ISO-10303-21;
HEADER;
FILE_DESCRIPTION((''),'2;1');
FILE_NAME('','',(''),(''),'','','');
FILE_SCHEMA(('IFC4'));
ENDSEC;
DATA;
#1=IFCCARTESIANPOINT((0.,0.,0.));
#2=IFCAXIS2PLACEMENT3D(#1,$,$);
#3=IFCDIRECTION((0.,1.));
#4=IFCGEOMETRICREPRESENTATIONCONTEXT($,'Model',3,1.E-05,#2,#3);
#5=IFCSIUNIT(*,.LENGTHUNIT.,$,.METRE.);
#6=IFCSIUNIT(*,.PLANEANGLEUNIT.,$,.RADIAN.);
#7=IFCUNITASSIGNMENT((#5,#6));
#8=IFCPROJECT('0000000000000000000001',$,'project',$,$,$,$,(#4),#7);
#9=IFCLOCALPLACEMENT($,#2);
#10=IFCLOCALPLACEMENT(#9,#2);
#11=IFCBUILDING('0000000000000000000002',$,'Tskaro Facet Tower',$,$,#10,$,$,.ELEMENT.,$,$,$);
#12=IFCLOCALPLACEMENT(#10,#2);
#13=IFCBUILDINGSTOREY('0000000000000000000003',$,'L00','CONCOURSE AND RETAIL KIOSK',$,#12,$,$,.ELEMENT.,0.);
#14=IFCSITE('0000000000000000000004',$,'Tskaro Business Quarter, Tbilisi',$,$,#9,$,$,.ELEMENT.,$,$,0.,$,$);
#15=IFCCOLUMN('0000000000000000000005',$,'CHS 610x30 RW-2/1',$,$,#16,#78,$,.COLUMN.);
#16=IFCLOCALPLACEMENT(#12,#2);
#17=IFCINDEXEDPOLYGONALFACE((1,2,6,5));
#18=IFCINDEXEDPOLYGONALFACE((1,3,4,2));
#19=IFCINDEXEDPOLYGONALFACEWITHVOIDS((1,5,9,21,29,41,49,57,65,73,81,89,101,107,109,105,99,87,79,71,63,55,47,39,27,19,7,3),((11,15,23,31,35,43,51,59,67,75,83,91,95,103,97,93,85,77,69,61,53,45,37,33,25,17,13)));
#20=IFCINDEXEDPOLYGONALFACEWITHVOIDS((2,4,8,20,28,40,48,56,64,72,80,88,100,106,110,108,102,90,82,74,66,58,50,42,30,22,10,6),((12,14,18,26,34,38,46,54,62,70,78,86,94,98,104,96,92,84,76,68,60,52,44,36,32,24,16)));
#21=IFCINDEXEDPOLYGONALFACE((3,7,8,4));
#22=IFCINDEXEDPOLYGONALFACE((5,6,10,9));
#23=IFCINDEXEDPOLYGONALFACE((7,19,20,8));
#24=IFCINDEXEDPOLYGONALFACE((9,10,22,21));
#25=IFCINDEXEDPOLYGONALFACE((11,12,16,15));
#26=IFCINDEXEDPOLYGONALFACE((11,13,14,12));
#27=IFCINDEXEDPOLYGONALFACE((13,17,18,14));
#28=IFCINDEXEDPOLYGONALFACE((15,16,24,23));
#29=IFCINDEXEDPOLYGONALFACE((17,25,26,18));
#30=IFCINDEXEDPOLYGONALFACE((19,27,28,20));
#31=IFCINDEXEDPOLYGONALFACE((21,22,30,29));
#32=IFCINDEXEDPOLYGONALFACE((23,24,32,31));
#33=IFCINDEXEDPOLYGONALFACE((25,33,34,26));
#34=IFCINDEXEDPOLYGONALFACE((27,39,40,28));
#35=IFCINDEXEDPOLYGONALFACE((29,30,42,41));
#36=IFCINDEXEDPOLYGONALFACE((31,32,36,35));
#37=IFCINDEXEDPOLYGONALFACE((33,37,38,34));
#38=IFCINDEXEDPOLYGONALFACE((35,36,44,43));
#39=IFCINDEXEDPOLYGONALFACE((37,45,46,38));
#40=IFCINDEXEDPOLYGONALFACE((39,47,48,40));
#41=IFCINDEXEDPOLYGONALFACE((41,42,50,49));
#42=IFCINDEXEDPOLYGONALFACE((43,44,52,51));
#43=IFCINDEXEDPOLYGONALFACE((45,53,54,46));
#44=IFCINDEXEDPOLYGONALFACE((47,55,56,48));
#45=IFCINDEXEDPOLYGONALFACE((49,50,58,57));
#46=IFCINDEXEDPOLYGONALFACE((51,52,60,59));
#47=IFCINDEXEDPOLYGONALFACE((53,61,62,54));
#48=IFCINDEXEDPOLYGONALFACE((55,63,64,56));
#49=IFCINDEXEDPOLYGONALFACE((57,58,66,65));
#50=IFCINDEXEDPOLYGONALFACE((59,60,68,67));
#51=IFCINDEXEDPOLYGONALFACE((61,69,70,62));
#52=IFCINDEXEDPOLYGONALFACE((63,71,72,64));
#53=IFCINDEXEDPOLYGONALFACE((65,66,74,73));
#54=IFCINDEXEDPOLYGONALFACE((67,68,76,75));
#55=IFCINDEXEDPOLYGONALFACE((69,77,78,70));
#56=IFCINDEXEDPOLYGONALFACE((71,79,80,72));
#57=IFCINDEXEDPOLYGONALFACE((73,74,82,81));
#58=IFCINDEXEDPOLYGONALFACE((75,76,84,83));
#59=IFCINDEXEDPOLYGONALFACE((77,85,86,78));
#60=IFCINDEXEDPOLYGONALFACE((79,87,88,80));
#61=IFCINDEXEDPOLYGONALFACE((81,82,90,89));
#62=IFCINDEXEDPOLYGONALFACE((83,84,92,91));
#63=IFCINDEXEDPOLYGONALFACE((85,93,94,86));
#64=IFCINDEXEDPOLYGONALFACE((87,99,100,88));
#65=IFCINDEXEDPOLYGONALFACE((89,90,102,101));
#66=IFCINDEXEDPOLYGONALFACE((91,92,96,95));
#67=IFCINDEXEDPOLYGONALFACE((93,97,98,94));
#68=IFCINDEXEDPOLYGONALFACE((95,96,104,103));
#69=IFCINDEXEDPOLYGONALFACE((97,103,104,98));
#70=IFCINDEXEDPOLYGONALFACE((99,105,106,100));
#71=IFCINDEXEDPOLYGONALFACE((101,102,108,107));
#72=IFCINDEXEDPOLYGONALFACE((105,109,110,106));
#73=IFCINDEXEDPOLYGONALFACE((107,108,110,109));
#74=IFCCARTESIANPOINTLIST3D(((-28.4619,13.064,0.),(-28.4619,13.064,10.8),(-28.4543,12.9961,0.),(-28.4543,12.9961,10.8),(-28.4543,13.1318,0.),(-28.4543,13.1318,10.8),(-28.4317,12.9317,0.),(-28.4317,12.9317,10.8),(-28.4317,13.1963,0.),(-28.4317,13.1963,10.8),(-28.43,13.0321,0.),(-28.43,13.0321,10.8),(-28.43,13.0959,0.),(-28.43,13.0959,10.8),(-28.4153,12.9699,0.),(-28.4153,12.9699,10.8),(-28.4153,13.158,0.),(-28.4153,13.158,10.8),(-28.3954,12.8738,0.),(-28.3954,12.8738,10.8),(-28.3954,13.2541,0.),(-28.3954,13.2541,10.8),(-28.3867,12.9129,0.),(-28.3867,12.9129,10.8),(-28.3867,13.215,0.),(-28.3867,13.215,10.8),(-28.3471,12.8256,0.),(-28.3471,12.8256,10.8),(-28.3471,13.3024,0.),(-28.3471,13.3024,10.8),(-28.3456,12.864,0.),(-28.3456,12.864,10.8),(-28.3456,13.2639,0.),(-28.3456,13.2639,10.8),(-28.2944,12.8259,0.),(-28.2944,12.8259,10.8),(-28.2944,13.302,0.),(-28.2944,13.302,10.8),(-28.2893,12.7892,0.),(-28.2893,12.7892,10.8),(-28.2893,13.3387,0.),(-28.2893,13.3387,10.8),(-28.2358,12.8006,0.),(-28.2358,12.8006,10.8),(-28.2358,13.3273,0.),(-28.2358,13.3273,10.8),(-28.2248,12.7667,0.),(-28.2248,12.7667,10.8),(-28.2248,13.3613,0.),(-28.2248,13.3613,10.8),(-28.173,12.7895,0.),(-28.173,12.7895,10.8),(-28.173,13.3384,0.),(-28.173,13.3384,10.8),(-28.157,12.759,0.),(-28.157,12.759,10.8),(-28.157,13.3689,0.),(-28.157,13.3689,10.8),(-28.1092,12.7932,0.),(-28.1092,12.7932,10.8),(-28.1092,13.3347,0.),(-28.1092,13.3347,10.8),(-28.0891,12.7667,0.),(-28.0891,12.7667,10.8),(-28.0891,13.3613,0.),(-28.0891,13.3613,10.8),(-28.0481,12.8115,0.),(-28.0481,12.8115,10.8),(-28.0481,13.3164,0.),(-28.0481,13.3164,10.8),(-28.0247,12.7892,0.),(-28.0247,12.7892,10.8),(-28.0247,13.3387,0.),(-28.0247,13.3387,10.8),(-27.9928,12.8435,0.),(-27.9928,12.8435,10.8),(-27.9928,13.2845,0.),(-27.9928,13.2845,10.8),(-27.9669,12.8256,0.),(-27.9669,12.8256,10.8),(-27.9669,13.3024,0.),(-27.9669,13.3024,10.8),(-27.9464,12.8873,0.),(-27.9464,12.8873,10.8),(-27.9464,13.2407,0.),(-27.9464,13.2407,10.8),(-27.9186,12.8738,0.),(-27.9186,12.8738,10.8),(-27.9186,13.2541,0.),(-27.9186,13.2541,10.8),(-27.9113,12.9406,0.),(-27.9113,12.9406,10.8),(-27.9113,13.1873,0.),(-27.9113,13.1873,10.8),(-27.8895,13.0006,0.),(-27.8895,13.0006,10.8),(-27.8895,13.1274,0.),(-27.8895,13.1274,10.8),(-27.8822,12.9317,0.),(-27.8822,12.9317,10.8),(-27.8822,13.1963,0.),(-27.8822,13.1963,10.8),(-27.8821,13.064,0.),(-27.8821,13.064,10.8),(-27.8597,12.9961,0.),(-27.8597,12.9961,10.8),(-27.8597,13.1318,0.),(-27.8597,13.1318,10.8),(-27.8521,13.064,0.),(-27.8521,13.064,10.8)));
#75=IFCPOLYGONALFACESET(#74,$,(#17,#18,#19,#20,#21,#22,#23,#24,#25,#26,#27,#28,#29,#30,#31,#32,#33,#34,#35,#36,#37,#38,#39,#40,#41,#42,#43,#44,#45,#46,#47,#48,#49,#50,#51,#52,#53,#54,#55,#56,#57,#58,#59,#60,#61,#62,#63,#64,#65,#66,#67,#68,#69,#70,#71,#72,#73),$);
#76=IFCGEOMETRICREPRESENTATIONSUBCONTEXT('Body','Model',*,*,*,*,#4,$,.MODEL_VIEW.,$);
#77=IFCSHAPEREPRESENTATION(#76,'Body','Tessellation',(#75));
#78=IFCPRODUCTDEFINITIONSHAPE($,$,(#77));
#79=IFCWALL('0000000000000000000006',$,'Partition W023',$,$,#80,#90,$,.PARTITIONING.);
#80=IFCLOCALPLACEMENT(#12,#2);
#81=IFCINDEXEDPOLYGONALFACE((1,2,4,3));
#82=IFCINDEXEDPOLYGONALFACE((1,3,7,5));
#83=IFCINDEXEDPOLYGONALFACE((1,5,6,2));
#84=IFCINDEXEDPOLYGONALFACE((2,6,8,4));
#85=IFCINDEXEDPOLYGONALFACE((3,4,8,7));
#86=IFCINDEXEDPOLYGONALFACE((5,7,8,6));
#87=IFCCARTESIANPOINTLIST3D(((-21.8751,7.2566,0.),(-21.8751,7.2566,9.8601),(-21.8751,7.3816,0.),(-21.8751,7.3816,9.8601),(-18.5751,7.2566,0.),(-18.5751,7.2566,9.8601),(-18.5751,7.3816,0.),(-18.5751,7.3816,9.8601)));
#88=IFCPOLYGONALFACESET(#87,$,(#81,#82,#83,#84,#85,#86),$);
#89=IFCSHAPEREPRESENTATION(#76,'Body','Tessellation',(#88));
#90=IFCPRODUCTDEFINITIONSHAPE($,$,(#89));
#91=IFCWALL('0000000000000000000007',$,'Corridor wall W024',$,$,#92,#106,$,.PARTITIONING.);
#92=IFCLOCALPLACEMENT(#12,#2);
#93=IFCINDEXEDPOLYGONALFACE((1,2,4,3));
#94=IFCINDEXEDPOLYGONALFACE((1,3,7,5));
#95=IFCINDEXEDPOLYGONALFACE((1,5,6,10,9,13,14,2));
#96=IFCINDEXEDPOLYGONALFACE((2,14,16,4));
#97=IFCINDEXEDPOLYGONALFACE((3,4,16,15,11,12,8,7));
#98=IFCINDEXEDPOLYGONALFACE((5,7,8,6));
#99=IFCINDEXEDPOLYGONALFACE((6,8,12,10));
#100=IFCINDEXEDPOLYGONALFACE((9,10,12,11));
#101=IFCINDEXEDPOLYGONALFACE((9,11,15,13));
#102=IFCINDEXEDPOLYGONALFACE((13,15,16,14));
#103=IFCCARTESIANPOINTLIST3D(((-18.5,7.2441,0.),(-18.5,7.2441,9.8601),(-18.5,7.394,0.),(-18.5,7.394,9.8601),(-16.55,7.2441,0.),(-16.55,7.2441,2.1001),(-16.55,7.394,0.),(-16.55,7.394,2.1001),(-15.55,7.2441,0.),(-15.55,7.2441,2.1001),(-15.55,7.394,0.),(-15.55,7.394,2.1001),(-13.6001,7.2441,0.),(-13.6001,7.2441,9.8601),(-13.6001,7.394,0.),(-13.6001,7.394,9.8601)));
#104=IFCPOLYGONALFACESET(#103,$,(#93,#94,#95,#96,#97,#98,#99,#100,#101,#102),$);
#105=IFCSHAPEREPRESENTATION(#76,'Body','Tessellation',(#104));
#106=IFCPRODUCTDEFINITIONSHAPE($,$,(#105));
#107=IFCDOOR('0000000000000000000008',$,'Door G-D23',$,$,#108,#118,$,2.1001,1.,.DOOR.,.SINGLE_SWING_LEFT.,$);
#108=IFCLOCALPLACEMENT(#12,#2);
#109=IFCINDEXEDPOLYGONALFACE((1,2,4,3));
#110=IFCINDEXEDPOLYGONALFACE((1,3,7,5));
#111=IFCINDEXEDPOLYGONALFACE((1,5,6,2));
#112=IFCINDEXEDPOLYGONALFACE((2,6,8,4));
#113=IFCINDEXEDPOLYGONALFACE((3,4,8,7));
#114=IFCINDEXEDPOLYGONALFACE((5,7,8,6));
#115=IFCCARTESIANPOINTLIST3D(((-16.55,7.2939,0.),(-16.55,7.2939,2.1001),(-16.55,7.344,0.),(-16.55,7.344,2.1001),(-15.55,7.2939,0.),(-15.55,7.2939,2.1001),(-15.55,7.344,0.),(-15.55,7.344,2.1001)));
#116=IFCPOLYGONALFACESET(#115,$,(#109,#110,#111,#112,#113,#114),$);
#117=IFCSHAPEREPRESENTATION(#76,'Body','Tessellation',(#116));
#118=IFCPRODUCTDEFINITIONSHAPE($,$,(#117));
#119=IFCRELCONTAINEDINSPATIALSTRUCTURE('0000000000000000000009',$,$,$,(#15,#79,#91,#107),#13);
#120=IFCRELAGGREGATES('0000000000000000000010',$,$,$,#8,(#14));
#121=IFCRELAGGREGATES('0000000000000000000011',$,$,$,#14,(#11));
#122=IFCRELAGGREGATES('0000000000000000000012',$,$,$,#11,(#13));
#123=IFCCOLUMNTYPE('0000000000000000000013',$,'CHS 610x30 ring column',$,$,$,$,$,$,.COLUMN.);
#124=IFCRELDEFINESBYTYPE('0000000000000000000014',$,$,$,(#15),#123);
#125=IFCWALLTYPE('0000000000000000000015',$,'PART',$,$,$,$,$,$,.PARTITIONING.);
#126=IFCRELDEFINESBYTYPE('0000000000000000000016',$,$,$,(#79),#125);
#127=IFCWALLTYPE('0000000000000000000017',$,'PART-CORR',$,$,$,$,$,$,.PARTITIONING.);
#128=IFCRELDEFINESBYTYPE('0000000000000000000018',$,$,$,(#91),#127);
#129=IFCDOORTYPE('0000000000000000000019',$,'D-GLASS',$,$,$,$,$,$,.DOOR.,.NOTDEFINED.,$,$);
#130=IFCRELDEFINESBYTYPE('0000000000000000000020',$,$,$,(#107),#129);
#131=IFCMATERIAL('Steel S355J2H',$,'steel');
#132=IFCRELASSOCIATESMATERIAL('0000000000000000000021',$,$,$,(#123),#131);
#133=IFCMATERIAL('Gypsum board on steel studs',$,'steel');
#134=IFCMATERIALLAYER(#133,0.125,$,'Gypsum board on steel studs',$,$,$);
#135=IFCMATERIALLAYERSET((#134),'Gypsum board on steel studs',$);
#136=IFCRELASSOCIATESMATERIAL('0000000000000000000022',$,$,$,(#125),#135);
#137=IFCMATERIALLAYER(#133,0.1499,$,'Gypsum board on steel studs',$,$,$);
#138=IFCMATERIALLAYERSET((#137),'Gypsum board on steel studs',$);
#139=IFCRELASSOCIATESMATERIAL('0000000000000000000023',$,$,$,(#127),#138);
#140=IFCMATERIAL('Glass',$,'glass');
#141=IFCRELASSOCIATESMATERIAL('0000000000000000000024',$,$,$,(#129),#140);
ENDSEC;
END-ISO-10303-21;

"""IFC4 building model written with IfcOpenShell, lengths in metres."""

from ifc_helpers import new_model, si_unit, direction, frame, frame_2d, origin, origin_2d, place, context, subcontext, project, spatial, rectangle, hollow_circle, extrude, material, layer, layer_set, material_profile, profile_set, type_object, element, fill, save


model = new_model("IFC4")

# Units and contexts
model_context = context("Model", 3, precision=1e-05, world=origin(), true_north=direction((0.0, 1.0)))
body_context = subcontext(model_context, "Body", "Model", "MODEL_VIEW")
ifc_project = project(units=[si_unit("LENGTHUNIT", "METRE"), si_unit("PLANEANGLEUNIT", "RADIAN")], contexts=[model_context])

# Site, building, storey
site_placement = place(None, origin())
site = spatial("IfcSite", under=ifc_project, at=site_placement, Name="Tskaro Business Quarter, Tbilisi", CompositionType="ELEMENT", RefElevation=0.0)
building_placement = place(site_placement, origin())
building = spatial("IfcBuilding", under=site, at=building_placement, Name="Tskaro Facet Tower", CompositionType="ELEMENT")
storey_placement = place(building_placement, origin())
storey = spatial("IfcBuildingStorey", under=building, at=storey_placement, Name="L00", Description="CONCOURSE AND RETAIL KIOSK", CompositionType="ELEMENT", Elevation=0.0)

# Column
ifc_material_1 = material(Name="Steel S355J2H", Category="steel")
ifc_material_profile = material_profile(ifc_material_1, hollow_circle(Radius=0.3049, WallThickness=0.03, at=origin_2d()), Name="CHS 610x30")
ifc_profile_set = profile_set([ifc_material_profile], Name="Steel S355J2H")
column_type = type_object("IfcColumnType", Name="CHS 610x30 ring column", PredefinedType="COLUMN", material=ifc_profile_set)
column_placement = place(storey_placement, frame((-28.157, 13.064, 0.0), z_axis=(0.0, 0.0, 1.0), x_axis=(1.0, 0.0, 0.0)))
element("IfcColumn", 1, at=column_placement, inside=storey, type_object=column_type, Name="CHS 610x30 RW-2/1", PredefinedType="COLUMN", context=body_context, shape_type="SweptSolid", body=[
    extrude(hollow_circle(Radius=0.3049, WallThickness=0.03, at=origin_2d()), origin(), (0.0, 0.0, 1.0), 10.8),
])

# Wall
ifc_material_2 = material(Name="Gypsum board on steel studs", Category="steel")
ifc_layer_1 = layer(ifc_material_2, 0.125, Name="Gypsum board on steel studs")
ifc_layer_set_1 = layer_set([ifc_layer_1], Name="Gypsum board on steel studs")
wall_type_1 = type_object("IfcWallType", Name="PART", PredefinedType="PARTITIONING", material=ifc_layer_set_1)
wall_1_placement = place(storey_placement, frame((-21.875, 7.3191, 0.0), z_axis=(0.0, 0.0, 1.0), x_axis=(1.0, 0.0, 0.0)))
element("IfcWall", 2, at=wall_1_placement, inside=storey, type_object=wall_type_1, Name="Partition W023", PredefinedType="PARTITIONING", context=body_context, shape_type="SweptSolid", body=[
    extrude(rectangle(XDim=3.3, YDim=0.125, at=frame_2d((1.6499, 0.0))), origin(), (0.0, 0.0, 1.0), 9.8601),
])

# Wall, opening, door
ifc_layer_2 = layer(ifc_material_2, 0.1499, Name="Gypsum board on steel studs")
ifc_layer_set_2 = layer_set([ifc_layer_2], Name="Gypsum board on steel studs")
wall_type_2 = type_object("IfcWallType", Name="PART-CORR", PredefinedType="PARTITIONING", material=ifc_layer_set_2)
wall_2_placement = place(storey_placement, frame((-18.5, 7.3191, 0.0), z_axis=(0.0, 0.0, 1.0), x_axis=(1.0, 0.0, 0.0)))
wall_2 = element("IfcWall", 3, at=wall_2_placement, inside=storey, type_object=wall_type_2, Name="Corridor wall W024", PredefinedType="PARTITIONING", context=body_context, shape_type="SweptSolid", body=[
    extrude(rectangle(XDim=4.8999, YDim=0.1499, at=frame_2d((2.45, 0.0))), origin(), (0.0, 0.0, 1.0), 9.8601),
])
opening_1_placement = place(wall_2_placement, frame((1.95, 0.0, 0.0)))
opening_1 = element("IfcOpeningElement", 4, at=opening_1_placement, cuts=wall_2, PredefinedType="OPENING", context=body_context, shape_type="SweptSolid", body=[
    extrude(rectangle(XDim=1.0, YDim=2.1001, at=frame_2d((0.5, 1.05))), frame((0.0, 0.085, 0.0), z_axis=(0.0, -1.0, 0.0), x_axis=(1.0, 0.0, 0.0)), (0.0, 0.0, 1.0), 0.1699),
])
ifc_material_3 = material(Name="Glass", Category="glass")
door_type_1 = type_object("IfcDoorType", Name="D-GLASS", OperationType="NOTDEFINED", PredefinedType="DOOR", material=ifc_material_3)
door_1_placement = place(opening_1_placement, origin())
door_1 = element("IfcDoor", 5, at=door_1_placement, inside=storey, type_object=door_type_1, Name="Door G-D23", OperationType="SINGLE_SWING_LEFT", OverallHeight=2.1001, OverallWidth=1.0, PredefinedType="DOOR", context=body_context, shape_type="SweptSolid", body=[
    extrude(rectangle(XDim=1.0, YDim=2.1001, at=frame_2d((0.5, 1.05))), frame((0.0, 0.0249, 0.0), z_axis=(0.0, -1.0, 0.0), x_axis=(1.0, 0.0, 0.0)), (0.0, 0.0, 1.0), 0.05),
])
fill(opening_1, door_1)

save(model, "model.ifc")
